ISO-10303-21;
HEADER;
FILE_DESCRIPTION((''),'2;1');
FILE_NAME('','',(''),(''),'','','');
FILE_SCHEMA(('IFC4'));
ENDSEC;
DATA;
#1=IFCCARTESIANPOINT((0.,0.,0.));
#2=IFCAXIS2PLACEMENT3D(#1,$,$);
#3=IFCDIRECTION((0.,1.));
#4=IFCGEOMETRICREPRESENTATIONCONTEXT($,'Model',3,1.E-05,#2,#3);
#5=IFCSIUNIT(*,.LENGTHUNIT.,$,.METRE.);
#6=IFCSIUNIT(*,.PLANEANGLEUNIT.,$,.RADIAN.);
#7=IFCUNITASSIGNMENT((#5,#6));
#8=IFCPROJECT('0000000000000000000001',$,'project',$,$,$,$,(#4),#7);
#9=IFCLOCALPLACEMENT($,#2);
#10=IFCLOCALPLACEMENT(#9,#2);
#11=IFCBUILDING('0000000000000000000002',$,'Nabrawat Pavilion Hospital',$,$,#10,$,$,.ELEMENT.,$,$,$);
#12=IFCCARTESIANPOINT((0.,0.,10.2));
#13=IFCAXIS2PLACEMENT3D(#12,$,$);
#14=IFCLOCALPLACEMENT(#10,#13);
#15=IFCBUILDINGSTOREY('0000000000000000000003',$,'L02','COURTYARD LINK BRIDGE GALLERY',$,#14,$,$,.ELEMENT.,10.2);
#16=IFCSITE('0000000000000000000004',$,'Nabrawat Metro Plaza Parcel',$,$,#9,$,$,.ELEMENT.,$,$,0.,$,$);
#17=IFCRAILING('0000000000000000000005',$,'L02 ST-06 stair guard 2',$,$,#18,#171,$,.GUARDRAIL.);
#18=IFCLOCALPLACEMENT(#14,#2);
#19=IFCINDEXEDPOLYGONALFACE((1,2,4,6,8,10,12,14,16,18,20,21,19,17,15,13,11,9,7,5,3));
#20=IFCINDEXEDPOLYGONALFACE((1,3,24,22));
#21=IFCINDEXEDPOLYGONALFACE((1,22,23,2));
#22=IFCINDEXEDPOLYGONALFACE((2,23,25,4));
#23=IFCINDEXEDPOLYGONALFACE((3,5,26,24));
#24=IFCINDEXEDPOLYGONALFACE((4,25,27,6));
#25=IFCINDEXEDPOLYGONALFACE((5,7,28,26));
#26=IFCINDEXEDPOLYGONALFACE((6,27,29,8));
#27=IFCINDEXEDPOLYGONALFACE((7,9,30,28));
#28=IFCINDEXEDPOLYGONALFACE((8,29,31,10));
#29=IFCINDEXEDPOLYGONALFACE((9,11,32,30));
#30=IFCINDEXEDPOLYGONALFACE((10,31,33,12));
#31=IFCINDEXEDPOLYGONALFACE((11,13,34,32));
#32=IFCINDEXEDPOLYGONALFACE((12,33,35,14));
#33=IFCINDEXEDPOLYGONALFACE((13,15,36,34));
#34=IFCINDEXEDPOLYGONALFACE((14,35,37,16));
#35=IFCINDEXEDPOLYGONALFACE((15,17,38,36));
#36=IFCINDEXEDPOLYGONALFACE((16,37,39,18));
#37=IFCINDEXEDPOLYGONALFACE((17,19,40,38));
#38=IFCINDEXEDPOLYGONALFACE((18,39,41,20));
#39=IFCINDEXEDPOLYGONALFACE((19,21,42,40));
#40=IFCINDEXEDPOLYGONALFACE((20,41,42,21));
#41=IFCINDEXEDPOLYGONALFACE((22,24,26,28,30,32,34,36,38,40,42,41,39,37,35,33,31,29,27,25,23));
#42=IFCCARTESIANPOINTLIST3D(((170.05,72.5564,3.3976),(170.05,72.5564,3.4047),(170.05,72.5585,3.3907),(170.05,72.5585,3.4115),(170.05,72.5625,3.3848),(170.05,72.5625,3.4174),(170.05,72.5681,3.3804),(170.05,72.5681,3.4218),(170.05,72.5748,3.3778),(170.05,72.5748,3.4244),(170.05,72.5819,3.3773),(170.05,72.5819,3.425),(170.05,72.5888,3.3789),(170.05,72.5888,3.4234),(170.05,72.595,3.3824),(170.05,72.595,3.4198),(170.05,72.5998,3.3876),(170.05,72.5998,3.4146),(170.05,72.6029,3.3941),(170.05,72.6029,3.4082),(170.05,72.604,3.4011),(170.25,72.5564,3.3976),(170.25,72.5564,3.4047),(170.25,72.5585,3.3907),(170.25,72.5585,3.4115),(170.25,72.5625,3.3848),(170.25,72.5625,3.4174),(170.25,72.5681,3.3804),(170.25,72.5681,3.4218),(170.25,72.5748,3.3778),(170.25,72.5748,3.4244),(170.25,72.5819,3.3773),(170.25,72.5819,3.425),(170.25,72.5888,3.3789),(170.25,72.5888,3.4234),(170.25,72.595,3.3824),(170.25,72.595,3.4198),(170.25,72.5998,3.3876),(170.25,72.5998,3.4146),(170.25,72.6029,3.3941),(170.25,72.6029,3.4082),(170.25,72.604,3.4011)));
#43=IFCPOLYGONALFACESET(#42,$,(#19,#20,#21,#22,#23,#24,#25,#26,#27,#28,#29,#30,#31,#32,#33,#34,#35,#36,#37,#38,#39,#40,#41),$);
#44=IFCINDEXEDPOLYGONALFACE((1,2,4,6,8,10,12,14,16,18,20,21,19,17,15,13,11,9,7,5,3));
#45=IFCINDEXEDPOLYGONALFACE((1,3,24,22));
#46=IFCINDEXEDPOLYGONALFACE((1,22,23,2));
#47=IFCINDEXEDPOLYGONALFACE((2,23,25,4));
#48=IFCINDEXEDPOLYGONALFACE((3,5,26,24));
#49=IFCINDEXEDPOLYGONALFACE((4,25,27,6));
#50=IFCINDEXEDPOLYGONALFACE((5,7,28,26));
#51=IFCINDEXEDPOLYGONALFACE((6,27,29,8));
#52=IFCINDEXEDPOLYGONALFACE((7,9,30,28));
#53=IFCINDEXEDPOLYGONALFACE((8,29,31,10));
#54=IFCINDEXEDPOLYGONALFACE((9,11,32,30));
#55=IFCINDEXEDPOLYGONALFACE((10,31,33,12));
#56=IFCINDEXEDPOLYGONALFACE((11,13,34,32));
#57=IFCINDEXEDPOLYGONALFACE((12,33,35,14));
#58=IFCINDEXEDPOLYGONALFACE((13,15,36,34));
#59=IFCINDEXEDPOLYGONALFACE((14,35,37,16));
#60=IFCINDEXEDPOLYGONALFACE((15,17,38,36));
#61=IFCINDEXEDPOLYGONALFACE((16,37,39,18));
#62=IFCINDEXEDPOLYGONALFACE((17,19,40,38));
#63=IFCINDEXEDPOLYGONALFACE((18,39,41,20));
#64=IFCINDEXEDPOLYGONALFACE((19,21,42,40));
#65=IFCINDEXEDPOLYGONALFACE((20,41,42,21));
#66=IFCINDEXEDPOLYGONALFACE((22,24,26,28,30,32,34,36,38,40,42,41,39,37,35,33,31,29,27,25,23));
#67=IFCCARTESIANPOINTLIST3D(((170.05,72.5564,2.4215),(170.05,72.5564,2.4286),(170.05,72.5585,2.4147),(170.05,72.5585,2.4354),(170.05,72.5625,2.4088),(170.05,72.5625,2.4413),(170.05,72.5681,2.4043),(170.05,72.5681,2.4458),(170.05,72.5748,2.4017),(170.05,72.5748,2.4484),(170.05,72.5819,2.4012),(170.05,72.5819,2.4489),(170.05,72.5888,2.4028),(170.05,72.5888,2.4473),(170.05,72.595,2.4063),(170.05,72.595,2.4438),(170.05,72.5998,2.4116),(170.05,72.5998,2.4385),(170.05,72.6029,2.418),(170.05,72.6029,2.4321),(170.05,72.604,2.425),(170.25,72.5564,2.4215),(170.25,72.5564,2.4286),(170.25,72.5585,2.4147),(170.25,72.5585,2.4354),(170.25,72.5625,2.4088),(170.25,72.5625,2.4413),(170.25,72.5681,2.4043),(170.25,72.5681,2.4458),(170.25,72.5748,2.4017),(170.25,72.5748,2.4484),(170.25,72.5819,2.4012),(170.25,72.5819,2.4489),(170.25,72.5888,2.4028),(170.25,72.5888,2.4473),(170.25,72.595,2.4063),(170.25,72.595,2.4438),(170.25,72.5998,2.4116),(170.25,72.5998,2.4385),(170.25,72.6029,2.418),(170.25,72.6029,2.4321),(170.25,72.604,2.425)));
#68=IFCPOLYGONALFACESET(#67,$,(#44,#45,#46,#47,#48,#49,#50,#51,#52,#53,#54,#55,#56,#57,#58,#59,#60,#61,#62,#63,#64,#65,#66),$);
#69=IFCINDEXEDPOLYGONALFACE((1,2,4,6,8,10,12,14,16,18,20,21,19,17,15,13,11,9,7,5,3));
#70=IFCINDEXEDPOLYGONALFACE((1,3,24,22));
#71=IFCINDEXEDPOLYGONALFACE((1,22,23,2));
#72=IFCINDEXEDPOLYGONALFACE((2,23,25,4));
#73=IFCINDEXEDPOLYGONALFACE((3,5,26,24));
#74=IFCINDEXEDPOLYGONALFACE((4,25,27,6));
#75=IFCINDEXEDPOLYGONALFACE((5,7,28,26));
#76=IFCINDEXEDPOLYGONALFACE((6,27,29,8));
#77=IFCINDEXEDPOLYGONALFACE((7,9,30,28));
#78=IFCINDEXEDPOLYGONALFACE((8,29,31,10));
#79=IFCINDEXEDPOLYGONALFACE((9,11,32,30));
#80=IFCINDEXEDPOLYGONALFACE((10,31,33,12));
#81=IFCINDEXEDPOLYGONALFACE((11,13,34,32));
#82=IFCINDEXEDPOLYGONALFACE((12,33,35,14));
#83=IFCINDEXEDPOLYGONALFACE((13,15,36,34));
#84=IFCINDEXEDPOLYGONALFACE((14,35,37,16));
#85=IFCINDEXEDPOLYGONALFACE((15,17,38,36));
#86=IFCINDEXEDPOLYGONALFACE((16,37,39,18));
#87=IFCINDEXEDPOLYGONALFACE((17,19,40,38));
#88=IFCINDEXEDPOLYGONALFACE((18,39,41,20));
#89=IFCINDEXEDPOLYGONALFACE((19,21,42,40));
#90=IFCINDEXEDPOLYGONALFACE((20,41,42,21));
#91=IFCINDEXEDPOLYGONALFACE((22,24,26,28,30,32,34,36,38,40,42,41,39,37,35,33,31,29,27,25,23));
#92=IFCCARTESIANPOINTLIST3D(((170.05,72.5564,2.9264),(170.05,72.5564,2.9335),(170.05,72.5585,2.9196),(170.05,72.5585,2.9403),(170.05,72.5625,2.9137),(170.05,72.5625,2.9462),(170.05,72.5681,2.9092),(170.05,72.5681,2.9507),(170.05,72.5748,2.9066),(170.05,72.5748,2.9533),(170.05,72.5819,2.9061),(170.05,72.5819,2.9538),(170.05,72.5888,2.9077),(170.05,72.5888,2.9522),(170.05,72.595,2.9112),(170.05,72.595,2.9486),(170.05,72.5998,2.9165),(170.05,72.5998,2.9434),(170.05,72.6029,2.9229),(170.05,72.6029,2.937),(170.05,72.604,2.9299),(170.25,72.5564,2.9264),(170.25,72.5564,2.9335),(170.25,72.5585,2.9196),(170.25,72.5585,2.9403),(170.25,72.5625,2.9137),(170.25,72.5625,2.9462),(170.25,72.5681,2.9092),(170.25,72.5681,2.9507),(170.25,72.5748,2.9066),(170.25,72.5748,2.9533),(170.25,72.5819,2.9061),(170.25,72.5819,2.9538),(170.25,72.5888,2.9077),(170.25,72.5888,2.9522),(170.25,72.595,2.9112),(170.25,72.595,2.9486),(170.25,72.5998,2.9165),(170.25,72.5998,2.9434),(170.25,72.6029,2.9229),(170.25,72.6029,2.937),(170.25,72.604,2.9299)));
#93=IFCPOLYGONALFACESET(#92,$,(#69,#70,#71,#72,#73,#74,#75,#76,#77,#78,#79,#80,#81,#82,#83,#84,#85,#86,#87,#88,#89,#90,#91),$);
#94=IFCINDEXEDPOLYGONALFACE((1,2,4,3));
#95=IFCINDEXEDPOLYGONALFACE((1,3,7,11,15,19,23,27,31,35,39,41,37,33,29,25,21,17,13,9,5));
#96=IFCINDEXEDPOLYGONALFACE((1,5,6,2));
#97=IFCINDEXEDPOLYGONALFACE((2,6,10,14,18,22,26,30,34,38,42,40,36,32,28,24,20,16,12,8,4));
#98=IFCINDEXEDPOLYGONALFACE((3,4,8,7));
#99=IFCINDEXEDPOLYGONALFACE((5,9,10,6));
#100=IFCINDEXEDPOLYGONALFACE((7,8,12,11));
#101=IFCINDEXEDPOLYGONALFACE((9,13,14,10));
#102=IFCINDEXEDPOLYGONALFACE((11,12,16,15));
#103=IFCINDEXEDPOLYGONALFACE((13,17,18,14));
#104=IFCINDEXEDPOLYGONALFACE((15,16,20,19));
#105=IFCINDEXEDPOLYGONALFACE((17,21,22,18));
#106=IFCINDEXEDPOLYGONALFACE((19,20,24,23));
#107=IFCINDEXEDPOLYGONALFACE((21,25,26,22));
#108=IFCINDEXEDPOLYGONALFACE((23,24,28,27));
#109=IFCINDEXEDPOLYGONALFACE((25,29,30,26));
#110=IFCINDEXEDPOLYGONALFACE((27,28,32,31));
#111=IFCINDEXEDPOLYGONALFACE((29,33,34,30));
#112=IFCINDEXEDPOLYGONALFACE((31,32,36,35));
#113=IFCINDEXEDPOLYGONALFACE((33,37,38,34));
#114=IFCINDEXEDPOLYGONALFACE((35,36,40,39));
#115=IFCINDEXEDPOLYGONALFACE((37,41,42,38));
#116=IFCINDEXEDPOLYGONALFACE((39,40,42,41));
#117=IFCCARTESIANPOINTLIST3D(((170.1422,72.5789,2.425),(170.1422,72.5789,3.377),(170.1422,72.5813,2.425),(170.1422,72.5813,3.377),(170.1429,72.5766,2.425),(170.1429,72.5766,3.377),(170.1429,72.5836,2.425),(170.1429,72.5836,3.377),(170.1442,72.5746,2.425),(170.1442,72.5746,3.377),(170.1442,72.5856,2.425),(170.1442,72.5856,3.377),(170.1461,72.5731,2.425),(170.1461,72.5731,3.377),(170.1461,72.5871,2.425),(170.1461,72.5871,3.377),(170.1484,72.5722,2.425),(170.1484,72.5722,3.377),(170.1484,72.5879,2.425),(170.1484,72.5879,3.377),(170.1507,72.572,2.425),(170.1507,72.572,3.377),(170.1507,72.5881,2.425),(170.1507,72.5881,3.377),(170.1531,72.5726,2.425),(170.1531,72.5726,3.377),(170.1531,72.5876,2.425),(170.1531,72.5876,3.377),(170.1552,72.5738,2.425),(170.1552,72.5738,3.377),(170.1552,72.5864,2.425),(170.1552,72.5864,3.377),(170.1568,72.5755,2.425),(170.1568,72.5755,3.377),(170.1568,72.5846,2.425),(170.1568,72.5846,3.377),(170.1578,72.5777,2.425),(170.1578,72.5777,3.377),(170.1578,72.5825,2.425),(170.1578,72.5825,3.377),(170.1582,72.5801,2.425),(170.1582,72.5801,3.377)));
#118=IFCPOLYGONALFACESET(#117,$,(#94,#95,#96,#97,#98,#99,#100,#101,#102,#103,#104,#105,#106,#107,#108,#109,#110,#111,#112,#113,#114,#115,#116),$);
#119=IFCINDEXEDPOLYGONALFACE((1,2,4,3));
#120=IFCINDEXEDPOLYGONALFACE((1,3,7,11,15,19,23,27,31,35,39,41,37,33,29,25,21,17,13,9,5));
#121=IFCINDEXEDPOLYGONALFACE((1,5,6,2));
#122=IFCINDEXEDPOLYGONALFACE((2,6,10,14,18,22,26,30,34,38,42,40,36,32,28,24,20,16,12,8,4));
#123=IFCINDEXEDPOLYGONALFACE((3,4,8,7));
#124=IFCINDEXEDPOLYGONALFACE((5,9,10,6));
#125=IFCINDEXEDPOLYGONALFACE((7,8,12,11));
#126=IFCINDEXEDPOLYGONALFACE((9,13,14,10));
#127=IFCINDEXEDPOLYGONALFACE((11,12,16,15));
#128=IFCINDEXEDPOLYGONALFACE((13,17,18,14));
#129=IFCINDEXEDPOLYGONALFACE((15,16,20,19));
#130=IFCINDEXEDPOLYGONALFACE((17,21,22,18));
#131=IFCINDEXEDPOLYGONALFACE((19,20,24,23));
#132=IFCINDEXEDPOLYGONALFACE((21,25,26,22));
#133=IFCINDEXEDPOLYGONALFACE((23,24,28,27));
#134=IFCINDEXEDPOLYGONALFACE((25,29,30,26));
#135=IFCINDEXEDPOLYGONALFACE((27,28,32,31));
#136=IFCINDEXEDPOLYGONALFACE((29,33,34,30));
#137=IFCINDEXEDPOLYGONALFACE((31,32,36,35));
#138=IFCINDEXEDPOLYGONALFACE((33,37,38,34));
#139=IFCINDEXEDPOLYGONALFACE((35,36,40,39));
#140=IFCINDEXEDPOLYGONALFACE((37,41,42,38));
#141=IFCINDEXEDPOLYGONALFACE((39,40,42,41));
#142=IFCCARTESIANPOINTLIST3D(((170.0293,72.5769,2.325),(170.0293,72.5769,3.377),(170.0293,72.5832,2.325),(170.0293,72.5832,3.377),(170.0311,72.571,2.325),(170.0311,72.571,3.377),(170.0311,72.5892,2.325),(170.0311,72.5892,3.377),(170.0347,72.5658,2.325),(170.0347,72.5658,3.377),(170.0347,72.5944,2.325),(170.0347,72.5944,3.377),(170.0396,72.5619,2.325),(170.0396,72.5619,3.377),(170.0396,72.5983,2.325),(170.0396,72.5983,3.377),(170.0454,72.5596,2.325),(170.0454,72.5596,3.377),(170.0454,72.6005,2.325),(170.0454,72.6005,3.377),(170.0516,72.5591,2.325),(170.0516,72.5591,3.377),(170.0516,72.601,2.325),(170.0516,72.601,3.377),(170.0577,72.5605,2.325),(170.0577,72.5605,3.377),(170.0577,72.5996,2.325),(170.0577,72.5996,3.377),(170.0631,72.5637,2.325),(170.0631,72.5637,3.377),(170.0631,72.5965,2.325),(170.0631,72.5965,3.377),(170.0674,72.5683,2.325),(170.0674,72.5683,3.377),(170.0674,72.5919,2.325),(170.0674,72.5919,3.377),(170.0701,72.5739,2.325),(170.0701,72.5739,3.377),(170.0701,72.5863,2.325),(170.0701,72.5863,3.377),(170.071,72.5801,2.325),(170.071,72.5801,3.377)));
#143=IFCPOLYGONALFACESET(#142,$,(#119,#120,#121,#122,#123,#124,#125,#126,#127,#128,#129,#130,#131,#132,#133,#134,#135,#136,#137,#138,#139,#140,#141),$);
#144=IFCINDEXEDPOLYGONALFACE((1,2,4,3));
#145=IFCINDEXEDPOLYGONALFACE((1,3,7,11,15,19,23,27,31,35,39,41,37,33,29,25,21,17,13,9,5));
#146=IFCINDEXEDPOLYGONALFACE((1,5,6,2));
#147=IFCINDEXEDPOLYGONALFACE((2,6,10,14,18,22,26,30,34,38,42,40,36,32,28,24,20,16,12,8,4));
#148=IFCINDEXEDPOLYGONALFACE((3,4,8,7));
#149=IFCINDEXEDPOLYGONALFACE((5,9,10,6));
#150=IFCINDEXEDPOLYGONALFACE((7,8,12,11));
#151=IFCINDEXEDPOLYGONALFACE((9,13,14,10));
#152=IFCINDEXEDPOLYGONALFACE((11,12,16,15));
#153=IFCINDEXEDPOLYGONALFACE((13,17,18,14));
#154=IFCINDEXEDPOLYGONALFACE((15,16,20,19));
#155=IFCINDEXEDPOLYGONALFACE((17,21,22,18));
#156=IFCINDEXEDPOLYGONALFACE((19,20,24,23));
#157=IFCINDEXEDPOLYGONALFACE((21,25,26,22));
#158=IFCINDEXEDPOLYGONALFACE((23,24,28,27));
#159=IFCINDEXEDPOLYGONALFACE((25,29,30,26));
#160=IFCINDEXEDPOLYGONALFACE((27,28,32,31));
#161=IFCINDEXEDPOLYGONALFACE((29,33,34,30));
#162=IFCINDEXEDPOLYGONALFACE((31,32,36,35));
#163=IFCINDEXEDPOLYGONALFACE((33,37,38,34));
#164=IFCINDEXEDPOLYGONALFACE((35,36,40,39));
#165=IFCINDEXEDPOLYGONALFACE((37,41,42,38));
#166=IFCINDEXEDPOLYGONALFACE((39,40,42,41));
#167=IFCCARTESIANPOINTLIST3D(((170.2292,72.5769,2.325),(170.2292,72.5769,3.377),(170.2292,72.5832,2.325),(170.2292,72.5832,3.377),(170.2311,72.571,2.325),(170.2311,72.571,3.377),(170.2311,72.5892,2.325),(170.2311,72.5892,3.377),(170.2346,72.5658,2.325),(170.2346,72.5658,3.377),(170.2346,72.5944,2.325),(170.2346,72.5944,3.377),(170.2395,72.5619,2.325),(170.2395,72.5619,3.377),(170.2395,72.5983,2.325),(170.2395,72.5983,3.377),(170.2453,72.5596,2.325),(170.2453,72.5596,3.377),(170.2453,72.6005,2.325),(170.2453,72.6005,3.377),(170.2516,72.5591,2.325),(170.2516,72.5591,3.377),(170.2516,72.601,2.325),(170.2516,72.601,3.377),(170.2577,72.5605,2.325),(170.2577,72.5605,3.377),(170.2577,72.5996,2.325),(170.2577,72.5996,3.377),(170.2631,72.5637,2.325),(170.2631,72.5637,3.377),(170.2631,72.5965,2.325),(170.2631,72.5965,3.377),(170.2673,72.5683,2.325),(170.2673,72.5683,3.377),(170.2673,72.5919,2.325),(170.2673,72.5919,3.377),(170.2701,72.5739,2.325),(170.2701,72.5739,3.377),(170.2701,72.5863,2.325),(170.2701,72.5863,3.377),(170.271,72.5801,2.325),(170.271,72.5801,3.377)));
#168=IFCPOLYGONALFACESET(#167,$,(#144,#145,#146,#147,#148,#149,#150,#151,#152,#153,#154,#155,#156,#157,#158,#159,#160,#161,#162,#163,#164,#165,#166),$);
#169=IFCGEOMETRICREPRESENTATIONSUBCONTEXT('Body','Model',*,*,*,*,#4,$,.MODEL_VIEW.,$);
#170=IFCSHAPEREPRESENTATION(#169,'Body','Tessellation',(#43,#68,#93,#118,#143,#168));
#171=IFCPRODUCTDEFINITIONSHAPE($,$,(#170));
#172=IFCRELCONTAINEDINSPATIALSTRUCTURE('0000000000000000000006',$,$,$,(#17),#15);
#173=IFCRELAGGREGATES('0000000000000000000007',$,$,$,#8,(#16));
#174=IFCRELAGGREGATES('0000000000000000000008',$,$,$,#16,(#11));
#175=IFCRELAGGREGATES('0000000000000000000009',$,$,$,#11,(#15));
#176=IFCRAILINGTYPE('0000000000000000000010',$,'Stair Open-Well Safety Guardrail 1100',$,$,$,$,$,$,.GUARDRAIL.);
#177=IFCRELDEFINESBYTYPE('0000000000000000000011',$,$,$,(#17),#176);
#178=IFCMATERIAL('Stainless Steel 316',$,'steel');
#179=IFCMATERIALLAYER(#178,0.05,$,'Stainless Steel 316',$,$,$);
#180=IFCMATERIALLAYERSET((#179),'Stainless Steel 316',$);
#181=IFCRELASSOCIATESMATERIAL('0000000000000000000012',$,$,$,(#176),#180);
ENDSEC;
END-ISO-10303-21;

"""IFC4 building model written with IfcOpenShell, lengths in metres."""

from ifc_helpers import new_model, si_unit, direction, frame, origin, origin_2d, place, context, subcontext, project, spatial, circle, extrude, material, layer, layer_set, type_object, element, save


model = new_model("IFC4")

# Units and contexts
model_context = context("Model", 3, precision=1e-05, world=origin(), true_north=direction((0.0, 1.0)))
body_context = subcontext(model_context, "Body", "Model", "MODEL_VIEW")
ifc_project = project(units=[si_unit("LENGTHUNIT", "METRE"), si_unit("PLANEANGLEUNIT", "RADIAN")], contexts=[model_context])

# Site, building, storey
site_placement = place(None, origin())
site = spatial("IfcSite", under=ifc_project, at=site_placement, Name="Nabrawat Metro Plaza Parcel", CompositionType="ELEMENT", RefElevation=0.0)
building_placement = place(site_placement, origin())
building = spatial("IfcBuilding", under=site, at=building_placement, Name="Nabrawat Pavilion Hospital", CompositionType="ELEMENT")
storey_placement = place(building_placement, frame((0.0, 0.0, 10.2)))
storey = spatial("IfcBuildingStorey", under=building, at=storey_placement, Name="L02", Description="COURTYARD LINK BRIDGE GALLERY", CompositionType="ELEMENT", Elevation=10.2)

# Railing
ifc_material_1 = material(Name="Stainless Steel 316", Category="steel")
ifc_layer_1 = layer(ifc_material_1, 0.05, Name="Stainless Steel 316")
ifc_layer_set_1 = layer_set([ifc_layer_1], Name="Stainless Steel 316")
railing_type_1 = type_object("IfcRailingType", Name="Stair Open-Well Safety Guardrail 1100", PredefinedType="GUARDRAIL", material=ifc_layer_set_1)
railing_1_placement = place(storey_placement, frame((170.05, 72.5801, 2.325)))
element("IfcRailing", 1, at=railing_1_placement, inside=storey, type_object=railing_type_1, Name="L02 ST-06 stair guard 2", PredefinedType="GUARDRAIL", context=body_context, shape_type="SweptSolid", body=[
    extrude(circle(Radius=0.0239, at=origin_2d()), frame((0.0, 0.0, 1.0762), z_axis=(1.0, 0.0, 0.0), x_axis=(0.0, 1.0, 0.0)), (0.0, 0.0, 1.0), 0.2),
    extrude(circle(Radius=0.0239, at=origin_2d()), frame((0.0, 0.0, 0.1001), z_axis=(1.0, 0.0, 0.0), x_axis=(0.0, 1.0, 0.0)), (0.0, 0.0, 1.0), 0.2),
    extrude(circle(Radius=0.0239, at=origin_2d()), frame((0.0, 0.0, 0.605), z_axis=(1.0, 0.0, 0.0), x_axis=(0.0, 1.0, 0.0)), (0.0, 0.0, 1.0), 0.2),
    extrude(circle(Radius=0.0081, at=origin_2d()), frame((0.1001, 0.0, 0.1001)), (0.0, 0.0, 1.0), 0.9519),
    extrude(circle(Radius=0.021, at=origin_2d()), origin(), (0.0, 0.0, 1.0), 1.052),
    extrude(circle(Radius=0.021, at=origin_2d()), frame((0.2, 0.0, 0.0)), (0.0, 0.0, 1.0), 1.052),
])

save(model, "model.ifc")
